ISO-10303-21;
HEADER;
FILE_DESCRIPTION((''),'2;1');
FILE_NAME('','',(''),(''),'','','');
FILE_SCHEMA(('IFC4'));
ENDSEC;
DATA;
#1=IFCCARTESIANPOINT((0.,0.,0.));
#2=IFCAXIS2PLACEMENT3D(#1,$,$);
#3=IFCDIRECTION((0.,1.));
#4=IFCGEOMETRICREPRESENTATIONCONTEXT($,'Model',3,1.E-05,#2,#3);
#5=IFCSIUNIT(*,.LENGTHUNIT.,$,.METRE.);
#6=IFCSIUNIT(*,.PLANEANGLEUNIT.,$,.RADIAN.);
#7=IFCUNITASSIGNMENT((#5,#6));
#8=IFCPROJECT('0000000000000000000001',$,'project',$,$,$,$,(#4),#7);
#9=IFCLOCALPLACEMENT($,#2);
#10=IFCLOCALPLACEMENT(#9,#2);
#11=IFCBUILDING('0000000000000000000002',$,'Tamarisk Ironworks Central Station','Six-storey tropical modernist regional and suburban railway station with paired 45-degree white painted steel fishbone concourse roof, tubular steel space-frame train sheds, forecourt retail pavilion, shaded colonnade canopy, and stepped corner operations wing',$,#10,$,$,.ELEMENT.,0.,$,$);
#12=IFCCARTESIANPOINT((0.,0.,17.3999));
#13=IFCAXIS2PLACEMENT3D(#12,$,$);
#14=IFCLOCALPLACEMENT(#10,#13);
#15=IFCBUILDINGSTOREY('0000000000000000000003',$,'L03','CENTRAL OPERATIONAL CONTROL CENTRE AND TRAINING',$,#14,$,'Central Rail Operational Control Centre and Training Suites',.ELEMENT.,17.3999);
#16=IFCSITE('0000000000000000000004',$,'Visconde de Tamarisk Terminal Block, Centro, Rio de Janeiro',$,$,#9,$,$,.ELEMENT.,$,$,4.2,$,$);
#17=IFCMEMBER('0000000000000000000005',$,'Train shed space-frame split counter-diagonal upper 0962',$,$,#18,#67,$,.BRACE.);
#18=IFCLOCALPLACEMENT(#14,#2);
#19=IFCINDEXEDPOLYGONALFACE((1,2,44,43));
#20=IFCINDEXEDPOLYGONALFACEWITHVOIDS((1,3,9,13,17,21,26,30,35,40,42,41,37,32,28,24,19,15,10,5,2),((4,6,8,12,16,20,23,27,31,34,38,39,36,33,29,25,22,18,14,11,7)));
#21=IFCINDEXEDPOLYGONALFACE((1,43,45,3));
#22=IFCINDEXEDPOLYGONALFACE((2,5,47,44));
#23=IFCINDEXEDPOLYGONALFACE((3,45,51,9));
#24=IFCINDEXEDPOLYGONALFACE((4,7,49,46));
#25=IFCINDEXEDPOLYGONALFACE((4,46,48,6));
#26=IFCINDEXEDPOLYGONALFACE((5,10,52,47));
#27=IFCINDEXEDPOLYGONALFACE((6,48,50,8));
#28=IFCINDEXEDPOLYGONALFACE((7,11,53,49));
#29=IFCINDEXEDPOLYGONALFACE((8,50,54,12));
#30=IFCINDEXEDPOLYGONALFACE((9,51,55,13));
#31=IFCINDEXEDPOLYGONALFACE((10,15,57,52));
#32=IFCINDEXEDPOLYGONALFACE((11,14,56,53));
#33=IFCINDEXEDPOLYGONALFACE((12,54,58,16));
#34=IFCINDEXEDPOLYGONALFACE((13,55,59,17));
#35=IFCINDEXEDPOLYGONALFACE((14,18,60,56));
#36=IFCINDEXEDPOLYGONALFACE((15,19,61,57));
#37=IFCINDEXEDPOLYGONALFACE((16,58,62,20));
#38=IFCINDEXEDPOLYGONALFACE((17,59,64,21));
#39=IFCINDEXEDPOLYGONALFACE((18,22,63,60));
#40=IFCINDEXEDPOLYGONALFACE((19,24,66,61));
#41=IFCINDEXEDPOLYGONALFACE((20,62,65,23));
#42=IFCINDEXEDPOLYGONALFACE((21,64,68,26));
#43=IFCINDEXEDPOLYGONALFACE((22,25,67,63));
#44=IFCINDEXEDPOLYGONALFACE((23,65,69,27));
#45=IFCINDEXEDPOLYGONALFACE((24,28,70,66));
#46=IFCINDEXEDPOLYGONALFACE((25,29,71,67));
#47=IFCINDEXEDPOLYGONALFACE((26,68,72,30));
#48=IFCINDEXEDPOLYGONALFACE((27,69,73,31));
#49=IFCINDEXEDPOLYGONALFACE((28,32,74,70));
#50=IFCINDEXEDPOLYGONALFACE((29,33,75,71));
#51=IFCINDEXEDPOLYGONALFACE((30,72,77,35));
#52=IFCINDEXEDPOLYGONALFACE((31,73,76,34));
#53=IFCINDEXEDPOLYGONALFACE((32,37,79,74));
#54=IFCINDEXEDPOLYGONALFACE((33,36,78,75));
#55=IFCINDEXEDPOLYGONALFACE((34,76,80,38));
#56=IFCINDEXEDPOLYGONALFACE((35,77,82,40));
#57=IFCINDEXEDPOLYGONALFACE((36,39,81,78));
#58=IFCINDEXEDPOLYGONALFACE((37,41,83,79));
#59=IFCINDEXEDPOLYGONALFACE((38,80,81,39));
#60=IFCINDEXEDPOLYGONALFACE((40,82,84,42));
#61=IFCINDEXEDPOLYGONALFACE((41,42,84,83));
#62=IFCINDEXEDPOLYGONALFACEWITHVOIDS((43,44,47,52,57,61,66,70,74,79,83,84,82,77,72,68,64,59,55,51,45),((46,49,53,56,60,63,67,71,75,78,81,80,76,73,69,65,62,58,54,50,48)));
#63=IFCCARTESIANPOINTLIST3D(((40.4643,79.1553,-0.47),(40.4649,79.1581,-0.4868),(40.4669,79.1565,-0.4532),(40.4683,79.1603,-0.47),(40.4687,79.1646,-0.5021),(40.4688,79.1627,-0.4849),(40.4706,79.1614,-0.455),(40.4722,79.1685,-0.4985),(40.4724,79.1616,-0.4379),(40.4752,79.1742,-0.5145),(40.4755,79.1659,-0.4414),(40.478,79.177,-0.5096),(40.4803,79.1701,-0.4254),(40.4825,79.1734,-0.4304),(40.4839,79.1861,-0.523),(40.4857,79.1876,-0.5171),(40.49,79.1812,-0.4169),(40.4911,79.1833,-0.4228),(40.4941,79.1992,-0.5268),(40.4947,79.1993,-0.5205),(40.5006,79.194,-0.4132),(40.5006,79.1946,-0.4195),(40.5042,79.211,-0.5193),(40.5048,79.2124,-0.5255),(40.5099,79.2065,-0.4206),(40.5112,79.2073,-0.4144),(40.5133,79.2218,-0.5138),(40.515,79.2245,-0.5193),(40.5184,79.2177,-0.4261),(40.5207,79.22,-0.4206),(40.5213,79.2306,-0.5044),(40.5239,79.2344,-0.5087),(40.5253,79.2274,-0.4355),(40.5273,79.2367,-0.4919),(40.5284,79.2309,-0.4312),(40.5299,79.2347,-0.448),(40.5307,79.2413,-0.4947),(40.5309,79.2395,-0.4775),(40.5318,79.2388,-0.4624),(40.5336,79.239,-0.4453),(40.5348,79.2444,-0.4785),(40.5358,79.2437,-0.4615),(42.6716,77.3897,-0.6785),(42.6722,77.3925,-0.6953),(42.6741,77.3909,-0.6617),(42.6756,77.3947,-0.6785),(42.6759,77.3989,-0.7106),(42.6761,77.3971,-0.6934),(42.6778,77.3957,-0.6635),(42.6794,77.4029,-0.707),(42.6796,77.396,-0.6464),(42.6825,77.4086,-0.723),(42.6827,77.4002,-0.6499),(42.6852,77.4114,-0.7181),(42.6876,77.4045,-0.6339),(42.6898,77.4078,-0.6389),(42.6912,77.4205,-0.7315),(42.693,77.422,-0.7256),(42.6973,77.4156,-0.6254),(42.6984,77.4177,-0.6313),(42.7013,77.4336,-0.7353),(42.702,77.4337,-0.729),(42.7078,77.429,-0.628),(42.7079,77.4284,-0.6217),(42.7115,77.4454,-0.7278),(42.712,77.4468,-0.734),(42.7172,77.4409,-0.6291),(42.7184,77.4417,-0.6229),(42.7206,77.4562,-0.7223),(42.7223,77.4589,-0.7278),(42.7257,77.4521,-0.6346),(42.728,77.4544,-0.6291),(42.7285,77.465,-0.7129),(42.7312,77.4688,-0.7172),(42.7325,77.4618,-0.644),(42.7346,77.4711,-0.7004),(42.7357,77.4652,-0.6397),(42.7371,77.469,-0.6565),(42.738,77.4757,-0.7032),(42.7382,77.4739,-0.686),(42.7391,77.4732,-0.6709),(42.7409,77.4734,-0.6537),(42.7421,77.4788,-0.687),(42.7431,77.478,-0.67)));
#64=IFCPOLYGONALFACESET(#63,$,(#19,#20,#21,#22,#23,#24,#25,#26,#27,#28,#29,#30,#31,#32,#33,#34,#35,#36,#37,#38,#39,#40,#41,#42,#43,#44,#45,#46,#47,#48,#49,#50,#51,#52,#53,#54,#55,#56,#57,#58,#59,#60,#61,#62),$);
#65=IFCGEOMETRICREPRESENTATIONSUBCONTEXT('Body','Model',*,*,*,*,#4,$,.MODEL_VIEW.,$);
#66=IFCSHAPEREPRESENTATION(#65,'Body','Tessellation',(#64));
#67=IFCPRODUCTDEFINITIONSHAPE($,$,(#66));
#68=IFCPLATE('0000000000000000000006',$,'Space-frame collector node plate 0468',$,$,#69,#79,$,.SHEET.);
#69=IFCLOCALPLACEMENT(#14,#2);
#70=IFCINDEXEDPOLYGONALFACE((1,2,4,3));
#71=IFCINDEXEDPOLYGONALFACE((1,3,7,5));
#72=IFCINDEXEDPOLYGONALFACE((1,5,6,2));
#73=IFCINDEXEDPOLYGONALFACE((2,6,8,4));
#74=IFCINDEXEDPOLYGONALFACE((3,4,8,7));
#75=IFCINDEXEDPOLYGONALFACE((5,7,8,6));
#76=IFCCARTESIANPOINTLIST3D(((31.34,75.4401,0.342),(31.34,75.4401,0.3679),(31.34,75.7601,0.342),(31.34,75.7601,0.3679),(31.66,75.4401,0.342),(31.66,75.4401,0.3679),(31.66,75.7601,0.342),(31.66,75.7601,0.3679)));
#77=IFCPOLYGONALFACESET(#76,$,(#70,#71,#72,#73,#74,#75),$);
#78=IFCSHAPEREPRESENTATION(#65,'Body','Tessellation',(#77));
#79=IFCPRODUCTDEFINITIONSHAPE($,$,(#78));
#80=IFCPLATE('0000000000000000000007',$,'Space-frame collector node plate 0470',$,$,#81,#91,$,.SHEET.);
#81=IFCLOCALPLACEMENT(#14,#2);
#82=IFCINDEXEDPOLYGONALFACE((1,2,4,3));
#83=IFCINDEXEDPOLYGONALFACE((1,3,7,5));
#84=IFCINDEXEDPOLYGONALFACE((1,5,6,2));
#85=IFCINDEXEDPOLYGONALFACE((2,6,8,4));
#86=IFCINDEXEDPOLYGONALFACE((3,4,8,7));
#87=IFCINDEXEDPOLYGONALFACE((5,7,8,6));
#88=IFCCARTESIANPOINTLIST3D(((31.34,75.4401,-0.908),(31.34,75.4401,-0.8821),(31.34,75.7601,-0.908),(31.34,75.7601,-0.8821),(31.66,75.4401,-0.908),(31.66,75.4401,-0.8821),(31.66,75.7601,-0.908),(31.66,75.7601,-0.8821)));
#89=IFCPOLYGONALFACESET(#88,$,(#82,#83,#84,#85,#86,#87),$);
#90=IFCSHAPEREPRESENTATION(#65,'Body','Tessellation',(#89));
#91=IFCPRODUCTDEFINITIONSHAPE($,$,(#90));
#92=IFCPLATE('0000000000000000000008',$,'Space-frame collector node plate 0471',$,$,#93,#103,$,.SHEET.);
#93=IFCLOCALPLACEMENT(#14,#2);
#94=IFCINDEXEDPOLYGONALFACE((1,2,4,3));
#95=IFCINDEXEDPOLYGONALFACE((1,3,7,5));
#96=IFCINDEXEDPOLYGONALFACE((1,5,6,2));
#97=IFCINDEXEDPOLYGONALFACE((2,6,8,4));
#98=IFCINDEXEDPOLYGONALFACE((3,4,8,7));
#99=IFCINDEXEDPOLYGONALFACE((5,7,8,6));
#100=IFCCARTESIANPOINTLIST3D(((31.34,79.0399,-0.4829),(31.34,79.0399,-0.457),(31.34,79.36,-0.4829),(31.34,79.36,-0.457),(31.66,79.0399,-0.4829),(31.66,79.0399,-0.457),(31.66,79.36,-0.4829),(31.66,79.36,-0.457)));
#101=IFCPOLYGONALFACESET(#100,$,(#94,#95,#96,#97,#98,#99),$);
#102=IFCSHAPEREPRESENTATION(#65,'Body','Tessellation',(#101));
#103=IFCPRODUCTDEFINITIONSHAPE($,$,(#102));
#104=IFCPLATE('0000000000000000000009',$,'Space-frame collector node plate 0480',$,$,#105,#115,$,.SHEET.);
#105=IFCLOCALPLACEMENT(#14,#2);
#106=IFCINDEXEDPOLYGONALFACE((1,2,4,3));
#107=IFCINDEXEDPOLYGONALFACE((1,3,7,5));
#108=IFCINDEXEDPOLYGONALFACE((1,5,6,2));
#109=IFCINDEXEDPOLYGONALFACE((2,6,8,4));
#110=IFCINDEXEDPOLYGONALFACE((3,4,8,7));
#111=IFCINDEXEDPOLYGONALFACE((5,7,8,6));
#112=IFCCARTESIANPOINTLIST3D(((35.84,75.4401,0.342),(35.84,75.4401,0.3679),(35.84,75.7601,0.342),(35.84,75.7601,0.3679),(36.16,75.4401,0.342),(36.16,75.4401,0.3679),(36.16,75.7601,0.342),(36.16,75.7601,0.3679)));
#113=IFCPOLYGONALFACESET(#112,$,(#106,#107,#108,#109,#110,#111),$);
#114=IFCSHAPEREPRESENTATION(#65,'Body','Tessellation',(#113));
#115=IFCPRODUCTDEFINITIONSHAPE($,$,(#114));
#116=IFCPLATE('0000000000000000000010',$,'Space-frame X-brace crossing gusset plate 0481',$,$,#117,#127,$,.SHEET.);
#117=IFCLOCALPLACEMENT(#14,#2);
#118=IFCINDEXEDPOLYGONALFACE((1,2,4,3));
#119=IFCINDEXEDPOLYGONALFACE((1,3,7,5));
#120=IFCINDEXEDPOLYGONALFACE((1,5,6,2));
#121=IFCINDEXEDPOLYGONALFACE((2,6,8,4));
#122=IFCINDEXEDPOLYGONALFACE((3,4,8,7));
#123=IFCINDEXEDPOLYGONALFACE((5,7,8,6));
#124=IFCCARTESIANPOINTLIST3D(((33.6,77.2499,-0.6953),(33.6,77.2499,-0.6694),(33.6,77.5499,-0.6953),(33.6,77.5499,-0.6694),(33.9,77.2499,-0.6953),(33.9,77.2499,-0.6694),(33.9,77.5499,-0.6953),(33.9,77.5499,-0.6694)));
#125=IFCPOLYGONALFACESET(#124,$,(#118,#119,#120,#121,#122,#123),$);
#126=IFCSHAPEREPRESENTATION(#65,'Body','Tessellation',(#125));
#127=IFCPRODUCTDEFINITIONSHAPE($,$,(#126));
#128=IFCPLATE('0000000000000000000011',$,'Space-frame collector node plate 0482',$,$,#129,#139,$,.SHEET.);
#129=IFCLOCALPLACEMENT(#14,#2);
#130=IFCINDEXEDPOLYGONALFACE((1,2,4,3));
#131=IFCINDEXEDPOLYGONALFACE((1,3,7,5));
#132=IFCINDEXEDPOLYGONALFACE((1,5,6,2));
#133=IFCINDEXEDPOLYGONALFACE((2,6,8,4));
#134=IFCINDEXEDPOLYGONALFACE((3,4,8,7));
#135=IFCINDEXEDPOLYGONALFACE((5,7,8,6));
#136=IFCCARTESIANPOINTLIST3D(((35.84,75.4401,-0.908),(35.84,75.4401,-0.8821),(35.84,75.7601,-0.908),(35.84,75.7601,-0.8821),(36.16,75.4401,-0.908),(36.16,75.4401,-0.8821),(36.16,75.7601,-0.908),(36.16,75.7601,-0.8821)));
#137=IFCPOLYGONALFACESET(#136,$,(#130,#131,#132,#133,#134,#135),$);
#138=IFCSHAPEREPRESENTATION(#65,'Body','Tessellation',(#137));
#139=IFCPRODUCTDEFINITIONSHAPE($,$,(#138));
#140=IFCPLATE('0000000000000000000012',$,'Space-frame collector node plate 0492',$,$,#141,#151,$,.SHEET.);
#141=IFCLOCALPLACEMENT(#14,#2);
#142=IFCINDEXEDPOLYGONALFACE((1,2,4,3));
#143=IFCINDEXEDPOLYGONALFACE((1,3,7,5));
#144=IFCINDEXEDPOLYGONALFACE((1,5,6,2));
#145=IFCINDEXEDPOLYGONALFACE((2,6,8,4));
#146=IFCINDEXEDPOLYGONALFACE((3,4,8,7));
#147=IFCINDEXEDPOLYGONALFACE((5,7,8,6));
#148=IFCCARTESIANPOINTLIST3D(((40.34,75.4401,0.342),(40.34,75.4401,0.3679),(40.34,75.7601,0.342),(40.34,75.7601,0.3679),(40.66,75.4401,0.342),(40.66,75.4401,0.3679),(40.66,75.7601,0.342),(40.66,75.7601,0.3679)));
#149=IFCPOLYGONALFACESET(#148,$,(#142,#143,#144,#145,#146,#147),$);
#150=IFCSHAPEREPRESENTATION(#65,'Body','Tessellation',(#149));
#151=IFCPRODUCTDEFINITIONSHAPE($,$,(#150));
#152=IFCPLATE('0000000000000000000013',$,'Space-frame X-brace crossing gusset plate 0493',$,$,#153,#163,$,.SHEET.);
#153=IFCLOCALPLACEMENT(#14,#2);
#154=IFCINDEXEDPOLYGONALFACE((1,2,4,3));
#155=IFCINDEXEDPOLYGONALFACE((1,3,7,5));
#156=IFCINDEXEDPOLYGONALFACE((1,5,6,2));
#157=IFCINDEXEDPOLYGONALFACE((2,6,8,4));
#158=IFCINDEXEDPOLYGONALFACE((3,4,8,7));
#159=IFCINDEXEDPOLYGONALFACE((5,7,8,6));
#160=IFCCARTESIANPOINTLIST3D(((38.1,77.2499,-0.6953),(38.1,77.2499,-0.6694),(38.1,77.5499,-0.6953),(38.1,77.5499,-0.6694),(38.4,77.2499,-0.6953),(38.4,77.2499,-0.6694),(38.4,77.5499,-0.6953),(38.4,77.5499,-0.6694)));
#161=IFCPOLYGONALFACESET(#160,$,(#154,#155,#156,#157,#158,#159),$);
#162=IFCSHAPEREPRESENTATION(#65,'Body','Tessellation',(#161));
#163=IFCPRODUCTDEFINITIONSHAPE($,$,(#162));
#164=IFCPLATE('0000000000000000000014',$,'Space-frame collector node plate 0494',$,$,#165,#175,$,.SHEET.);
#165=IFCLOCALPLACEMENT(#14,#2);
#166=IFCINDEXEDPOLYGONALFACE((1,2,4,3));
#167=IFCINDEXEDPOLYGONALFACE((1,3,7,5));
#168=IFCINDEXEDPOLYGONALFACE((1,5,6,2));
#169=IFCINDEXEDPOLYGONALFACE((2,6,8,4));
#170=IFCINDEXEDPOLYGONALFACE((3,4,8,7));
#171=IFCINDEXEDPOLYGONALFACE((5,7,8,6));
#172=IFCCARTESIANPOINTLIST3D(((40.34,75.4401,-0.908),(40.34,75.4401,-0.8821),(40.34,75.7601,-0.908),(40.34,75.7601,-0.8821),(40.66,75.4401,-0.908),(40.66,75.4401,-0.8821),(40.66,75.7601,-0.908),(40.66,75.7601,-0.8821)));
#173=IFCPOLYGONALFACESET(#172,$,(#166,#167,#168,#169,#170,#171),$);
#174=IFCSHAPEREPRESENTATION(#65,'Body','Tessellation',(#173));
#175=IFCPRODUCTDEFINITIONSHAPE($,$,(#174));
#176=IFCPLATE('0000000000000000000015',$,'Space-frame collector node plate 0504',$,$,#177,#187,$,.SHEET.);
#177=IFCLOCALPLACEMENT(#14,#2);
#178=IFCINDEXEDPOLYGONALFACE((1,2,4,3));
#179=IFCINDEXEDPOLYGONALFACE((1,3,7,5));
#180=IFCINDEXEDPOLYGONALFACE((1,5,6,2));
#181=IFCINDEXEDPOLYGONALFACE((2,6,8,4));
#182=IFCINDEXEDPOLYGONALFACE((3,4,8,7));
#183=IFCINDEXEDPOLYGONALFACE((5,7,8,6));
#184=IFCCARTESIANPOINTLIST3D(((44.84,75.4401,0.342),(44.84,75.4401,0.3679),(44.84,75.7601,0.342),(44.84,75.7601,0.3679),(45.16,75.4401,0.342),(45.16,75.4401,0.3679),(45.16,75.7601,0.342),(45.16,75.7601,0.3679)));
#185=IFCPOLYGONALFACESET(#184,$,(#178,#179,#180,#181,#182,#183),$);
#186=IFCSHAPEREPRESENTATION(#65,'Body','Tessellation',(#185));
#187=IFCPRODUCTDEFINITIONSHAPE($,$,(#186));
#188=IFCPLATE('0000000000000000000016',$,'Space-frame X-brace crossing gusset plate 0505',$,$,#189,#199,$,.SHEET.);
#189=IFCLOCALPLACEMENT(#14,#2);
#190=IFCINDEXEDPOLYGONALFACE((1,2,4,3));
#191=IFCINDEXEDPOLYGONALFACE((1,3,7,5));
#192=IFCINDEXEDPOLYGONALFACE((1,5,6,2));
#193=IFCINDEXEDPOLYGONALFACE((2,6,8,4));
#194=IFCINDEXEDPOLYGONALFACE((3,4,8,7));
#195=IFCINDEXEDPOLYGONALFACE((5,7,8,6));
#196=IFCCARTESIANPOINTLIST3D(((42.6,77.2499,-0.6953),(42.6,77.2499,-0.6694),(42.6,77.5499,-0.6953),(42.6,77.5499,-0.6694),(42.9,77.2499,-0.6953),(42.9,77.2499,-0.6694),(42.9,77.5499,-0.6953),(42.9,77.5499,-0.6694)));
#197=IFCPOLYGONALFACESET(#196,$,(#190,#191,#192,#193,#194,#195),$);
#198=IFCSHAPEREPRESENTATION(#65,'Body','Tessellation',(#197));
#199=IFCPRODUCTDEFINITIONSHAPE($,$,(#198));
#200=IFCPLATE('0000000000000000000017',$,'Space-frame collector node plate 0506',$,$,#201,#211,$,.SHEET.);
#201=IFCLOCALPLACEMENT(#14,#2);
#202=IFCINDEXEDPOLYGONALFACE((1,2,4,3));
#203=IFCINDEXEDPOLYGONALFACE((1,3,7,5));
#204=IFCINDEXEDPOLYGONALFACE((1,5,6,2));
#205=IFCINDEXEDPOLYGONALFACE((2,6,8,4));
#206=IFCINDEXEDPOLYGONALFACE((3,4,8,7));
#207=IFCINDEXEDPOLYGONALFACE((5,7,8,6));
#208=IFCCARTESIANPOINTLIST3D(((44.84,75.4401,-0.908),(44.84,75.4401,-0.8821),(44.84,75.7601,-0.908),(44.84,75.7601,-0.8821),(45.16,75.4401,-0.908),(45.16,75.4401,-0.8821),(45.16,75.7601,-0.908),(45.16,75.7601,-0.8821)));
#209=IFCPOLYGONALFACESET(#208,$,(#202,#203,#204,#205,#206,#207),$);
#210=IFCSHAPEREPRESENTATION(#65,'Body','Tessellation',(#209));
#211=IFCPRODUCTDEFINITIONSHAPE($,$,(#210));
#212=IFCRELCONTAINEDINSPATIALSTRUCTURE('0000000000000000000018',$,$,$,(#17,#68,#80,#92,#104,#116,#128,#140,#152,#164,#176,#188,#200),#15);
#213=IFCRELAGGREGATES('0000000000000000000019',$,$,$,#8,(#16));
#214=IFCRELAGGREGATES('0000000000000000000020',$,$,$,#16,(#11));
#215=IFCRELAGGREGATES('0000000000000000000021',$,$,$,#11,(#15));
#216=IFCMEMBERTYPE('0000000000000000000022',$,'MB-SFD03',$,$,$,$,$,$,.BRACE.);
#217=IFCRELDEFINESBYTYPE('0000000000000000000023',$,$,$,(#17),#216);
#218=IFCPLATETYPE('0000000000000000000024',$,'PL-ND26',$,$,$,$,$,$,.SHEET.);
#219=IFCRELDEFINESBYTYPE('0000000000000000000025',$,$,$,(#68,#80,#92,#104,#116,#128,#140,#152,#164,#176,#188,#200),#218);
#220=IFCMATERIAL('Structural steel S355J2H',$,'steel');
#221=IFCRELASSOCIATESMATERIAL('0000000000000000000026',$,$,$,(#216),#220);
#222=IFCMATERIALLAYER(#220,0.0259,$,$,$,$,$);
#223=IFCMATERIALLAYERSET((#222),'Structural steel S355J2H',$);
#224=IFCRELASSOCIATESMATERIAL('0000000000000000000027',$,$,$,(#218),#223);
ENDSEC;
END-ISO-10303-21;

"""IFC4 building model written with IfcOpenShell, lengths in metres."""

from ifc_helpers import new_model, si_unit, direction, frame, origin, origin_2d, place, context, subcontext, project, spatial, rectangle, hollow_circle, extrude, material, layer, layer_set, material_profile, profile_set, type_object, element, save


model = new_model("IFC4")

# Units and contexts
model_context = context("Model", 3, precision=1e-05, world=origin(), true_north=direction((0.0, 1.0)))
body_context = subcontext(model_context, "Body", "Model", "MODEL_VIEW")
ifc_project = project(units=[si_unit("LENGTHUNIT", "METRE"), si_unit("PLANEANGLEUNIT", "RADIAN")], contexts=[model_context])

# Site, building, storey
site_placement = place(None, origin())
site = spatial("IfcSite", under=ifc_project, at=site_placement, Name="Visconde de Tamarisk Terminal Block, Centro, Rio de Janeiro", CompositionType="ELEMENT", RefElevation=4.2)
building_placement = place(site_placement, origin())
building = spatial("IfcBuilding", under=site, at=building_placement, Name="Tamarisk Ironworks Central Station", Description="Six-storey tropical modernist regional and suburban railway station with paired 45-degree white painted steel fishbone concourse roof, tubular steel space-frame train sheds, forecourt retail pavilion, shaded colonnade canopy, and stepped corner operations wing", CompositionType="ELEMENT", ElevationOfRefHeight=0.0)
storey_placement = place(building_placement, frame((0.0, 0.0, 17.3999)))
storey = spatial("IfcBuildingStorey", under=building, at=storey_placement, Name="L03", Description="CENTRAL OPERATIONAL CONTROL CENTRE AND TRAINING", LongName="Central Rail Operational Control Centre and Training Suites", CompositionType="ELEMENT", Elevation=17.3999)

# Member
ifc_material_1 = material(Name="Structural steel S355J2H", Category="steel")
ifc_material_profile_1 = material_profile(ifc_material_1, hollow_circle(Radius=0.0571, WallThickness=0.0063, at=origin_2d()), Name="CHS 114.3x6.3")
ifc_profile_set_1 = profile_set([ifc_material_profile_1], Name="Structural steel S355J2H")
member_type_1 = type_object("IfcMemberType", Name="MB-SFD03", PredefinedType="BRACE", material=ifc_profile_set_1)
for number, where, z_axis, x_axis, name in (
    (1, (42.7073, 77.4343, -0.6785), (-0.778787, 0.62296, 0.073563), (-0.624653, -0.780903, 0.0), "Train shed space-frame split counter-diagonal upper 0962"),
):
    element("IfcMember", number, at=place(storey_placement, frame(where, z_axis=z_axis, x_axis=x_axis)), inside=storey, type_object=member_type_1, Name=name, PredefinedType="BRACE", context=body_context, shape_type="SweptSolid", body=[
        extrude(hollow_circle(Radius=0.0571, WallThickness=0.0063, at=origin_2d()), origin(), (0.0, 0.0, 1.0), 2.8342),
    ])

# Plates
ifc_layer = layer(ifc_material_1, 0.0259)
ifc_layer_set = layer_set([ifc_layer], Name="Structural steel S355J2H")
plate_type = type_object("IfcPlateType", Name="PL-ND26", PredefinedType="SHEET", material=ifc_layer_set)
for number, where, z_axis, x_axis, name in (
    (2, (31.5, 75.6001, 0.342), (0.0, 0.0, 1.0), (1.0, 0.0, 0.0), "Space-frame collector node plate 0468"),
    (3, (31.5, 75.6001, -0.908), (0.0, 0.0, 1.0), (1.0, 0.0, 0.0), "Space-frame collector node plate 0470"),
    (4, (31.5, 79.2, -0.4829), (0.0, 0.0, 1.0), (1.0, 0.0, 0.0), "Space-frame collector node plate 0471"),
    (5, (36.0, 75.6001, 0.342), (0.0, 0.0, 1.0), (1.0, 0.0, 0.0), "Space-frame collector node plate 0480"),
):
    element("IfcPlate", number, at=place(storey_placement, frame(where, z_axis=z_axis, x_axis=x_axis)), inside=storey, type_object=plate_type, Name=name, PredefinedType="SHEET", context=body_context, shape_type="SweptSolid", body=[
        extrude(rectangle(XDim=0.3201, YDim=0.3201, at=origin_2d()), origin(), (0.0, 0.0, 1.0), 0.0259),
    ])
plate_1_placement = place(storey_placement, frame((33.75, 77.3999, -0.6953), z_axis=(0.0, 0.0, 1.0), x_axis=(1.0, 0.0, 0.0)))
element("IfcPlate", 6, at=plate_1_placement, inside=storey, type_object=plate_type, Name="Space-frame X-brace crossing gusset plate 0481", PredefinedType="SHEET", context=body_context, shape_type="SweptSolid", body=[
    extrude(rectangle(XDim=0.3, YDim=0.3, at=origin_2d()), origin(), (0.0, 0.0, 1.0), 0.0259),
])
for number, where, z_axis, x_axis, name in (
    (7, (36.0, 75.6001, -0.908), (0.0, 0.0, 1.0), (1.0, 0.0, 0.0), "Space-frame collector node plate 0482"),
    (8, (40.5, 75.6001, 0.342), (0.0, 0.0, 1.0), (1.0, 0.0, 0.0), "Space-frame collector node plate 0492"),
):
    element("IfcPlate", number, at=place(storey_placement, frame(where, z_axis=z_axis, x_axis=x_axis)), inside=storey, type_object=plate_type, Name=name, PredefinedType="SHEET", context=body_context, shape_type="SweptSolid", body=[
        extrude(rectangle(XDim=0.3201, YDim=0.3201, at=origin_2d()), origin(), (0.0, 0.0, 1.0), 0.0259),
    ])
plate_2_placement = place(storey_placement, frame((38.25, 77.3999, -0.6953), z_axis=(0.0, 0.0, 1.0), x_axis=(1.0, 0.0, 0.0)))
element("IfcPlate", 9, at=plate_2_placement, inside=storey, type_object=plate_type, Name="Space-frame X-brace crossing gusset plate 0493", PredefinedType="SHEET", context=body_context, shape_type="SweptSolid", body=[
    extrude(rectangle(XDim=0.3, YDim=0.3, at=origin_2d()), origin(), (0.0, 0.0, 1.0), 0.0259),
])
for number, where, z_axis, x_axis, name in (
    (10, (40.5, 75.6001, -0.908), (0.0, 0.0, 1.0), (1.0, 0.0, 0.0), "Space-frame collector node plate 0494"),
    (11, (45.0, 75.6001, 0.342), (0.0, 0.0, 1.0), (1.0, 0.0, 0.0), "Space-frame collector node plate 0504"),
):
    element("IfcPlate", number, at=place(storey_placement, frame(where, z_axis=z_axis, x_axis=x_axis)), inside=storey, type_object=plate_type, Name=name, PredefinedType="SHEET", context=body_context, shape_type="SweptSolid", body=[
        extrude(rectangle(XDim=0.3201, YDim=0.3201, at=origin_2d()), origin(), (0.0, 0.0, 1.0), 0.0259),
    ])
plate_3_placement = place(storey_placement, frame((42.75, 77.3999, -0.6953), z_axis=(0.0, 0.0, 1.0), x_axis=(1.0, 0.0, 0.0)))
element("IfcPlate", 12, at=plate_3_placement, inside=storey, type_object=plate_type, Name="Space-frame X-brace crossing gusset plate 0505", PredefinedType="SHEET", context=body_context, shape_type="SweptSolid", body=[
    extrude(rectangle(XDim=0.3, YDim=0.3, at=origin_2d()), origin(), (0.0, 0.0, 1.0), 0.0259),
])
plate_4_placement = place(storey_placement, frame((45.0, 75.6001, -0.908), z_axis=(0.0, 0.0, 1.0), x_axis=(1.0, 0.0, 0.0)))
element("IfcPlate", 13, at=plate_4_placement, inside=storey, type_object=plate_type, Name="Space-frame collector node plate 0506", PredefinedType="SHEET", context=body_context, shape_type="SweptSolid", body=[
    extrude(rectangle(XDim=0.3201, YDim=0.3201, at=origin_2d()), origin(), (0.0, 0.0, 1.0), 0.0259),
])

save(model, "model.ifc")
